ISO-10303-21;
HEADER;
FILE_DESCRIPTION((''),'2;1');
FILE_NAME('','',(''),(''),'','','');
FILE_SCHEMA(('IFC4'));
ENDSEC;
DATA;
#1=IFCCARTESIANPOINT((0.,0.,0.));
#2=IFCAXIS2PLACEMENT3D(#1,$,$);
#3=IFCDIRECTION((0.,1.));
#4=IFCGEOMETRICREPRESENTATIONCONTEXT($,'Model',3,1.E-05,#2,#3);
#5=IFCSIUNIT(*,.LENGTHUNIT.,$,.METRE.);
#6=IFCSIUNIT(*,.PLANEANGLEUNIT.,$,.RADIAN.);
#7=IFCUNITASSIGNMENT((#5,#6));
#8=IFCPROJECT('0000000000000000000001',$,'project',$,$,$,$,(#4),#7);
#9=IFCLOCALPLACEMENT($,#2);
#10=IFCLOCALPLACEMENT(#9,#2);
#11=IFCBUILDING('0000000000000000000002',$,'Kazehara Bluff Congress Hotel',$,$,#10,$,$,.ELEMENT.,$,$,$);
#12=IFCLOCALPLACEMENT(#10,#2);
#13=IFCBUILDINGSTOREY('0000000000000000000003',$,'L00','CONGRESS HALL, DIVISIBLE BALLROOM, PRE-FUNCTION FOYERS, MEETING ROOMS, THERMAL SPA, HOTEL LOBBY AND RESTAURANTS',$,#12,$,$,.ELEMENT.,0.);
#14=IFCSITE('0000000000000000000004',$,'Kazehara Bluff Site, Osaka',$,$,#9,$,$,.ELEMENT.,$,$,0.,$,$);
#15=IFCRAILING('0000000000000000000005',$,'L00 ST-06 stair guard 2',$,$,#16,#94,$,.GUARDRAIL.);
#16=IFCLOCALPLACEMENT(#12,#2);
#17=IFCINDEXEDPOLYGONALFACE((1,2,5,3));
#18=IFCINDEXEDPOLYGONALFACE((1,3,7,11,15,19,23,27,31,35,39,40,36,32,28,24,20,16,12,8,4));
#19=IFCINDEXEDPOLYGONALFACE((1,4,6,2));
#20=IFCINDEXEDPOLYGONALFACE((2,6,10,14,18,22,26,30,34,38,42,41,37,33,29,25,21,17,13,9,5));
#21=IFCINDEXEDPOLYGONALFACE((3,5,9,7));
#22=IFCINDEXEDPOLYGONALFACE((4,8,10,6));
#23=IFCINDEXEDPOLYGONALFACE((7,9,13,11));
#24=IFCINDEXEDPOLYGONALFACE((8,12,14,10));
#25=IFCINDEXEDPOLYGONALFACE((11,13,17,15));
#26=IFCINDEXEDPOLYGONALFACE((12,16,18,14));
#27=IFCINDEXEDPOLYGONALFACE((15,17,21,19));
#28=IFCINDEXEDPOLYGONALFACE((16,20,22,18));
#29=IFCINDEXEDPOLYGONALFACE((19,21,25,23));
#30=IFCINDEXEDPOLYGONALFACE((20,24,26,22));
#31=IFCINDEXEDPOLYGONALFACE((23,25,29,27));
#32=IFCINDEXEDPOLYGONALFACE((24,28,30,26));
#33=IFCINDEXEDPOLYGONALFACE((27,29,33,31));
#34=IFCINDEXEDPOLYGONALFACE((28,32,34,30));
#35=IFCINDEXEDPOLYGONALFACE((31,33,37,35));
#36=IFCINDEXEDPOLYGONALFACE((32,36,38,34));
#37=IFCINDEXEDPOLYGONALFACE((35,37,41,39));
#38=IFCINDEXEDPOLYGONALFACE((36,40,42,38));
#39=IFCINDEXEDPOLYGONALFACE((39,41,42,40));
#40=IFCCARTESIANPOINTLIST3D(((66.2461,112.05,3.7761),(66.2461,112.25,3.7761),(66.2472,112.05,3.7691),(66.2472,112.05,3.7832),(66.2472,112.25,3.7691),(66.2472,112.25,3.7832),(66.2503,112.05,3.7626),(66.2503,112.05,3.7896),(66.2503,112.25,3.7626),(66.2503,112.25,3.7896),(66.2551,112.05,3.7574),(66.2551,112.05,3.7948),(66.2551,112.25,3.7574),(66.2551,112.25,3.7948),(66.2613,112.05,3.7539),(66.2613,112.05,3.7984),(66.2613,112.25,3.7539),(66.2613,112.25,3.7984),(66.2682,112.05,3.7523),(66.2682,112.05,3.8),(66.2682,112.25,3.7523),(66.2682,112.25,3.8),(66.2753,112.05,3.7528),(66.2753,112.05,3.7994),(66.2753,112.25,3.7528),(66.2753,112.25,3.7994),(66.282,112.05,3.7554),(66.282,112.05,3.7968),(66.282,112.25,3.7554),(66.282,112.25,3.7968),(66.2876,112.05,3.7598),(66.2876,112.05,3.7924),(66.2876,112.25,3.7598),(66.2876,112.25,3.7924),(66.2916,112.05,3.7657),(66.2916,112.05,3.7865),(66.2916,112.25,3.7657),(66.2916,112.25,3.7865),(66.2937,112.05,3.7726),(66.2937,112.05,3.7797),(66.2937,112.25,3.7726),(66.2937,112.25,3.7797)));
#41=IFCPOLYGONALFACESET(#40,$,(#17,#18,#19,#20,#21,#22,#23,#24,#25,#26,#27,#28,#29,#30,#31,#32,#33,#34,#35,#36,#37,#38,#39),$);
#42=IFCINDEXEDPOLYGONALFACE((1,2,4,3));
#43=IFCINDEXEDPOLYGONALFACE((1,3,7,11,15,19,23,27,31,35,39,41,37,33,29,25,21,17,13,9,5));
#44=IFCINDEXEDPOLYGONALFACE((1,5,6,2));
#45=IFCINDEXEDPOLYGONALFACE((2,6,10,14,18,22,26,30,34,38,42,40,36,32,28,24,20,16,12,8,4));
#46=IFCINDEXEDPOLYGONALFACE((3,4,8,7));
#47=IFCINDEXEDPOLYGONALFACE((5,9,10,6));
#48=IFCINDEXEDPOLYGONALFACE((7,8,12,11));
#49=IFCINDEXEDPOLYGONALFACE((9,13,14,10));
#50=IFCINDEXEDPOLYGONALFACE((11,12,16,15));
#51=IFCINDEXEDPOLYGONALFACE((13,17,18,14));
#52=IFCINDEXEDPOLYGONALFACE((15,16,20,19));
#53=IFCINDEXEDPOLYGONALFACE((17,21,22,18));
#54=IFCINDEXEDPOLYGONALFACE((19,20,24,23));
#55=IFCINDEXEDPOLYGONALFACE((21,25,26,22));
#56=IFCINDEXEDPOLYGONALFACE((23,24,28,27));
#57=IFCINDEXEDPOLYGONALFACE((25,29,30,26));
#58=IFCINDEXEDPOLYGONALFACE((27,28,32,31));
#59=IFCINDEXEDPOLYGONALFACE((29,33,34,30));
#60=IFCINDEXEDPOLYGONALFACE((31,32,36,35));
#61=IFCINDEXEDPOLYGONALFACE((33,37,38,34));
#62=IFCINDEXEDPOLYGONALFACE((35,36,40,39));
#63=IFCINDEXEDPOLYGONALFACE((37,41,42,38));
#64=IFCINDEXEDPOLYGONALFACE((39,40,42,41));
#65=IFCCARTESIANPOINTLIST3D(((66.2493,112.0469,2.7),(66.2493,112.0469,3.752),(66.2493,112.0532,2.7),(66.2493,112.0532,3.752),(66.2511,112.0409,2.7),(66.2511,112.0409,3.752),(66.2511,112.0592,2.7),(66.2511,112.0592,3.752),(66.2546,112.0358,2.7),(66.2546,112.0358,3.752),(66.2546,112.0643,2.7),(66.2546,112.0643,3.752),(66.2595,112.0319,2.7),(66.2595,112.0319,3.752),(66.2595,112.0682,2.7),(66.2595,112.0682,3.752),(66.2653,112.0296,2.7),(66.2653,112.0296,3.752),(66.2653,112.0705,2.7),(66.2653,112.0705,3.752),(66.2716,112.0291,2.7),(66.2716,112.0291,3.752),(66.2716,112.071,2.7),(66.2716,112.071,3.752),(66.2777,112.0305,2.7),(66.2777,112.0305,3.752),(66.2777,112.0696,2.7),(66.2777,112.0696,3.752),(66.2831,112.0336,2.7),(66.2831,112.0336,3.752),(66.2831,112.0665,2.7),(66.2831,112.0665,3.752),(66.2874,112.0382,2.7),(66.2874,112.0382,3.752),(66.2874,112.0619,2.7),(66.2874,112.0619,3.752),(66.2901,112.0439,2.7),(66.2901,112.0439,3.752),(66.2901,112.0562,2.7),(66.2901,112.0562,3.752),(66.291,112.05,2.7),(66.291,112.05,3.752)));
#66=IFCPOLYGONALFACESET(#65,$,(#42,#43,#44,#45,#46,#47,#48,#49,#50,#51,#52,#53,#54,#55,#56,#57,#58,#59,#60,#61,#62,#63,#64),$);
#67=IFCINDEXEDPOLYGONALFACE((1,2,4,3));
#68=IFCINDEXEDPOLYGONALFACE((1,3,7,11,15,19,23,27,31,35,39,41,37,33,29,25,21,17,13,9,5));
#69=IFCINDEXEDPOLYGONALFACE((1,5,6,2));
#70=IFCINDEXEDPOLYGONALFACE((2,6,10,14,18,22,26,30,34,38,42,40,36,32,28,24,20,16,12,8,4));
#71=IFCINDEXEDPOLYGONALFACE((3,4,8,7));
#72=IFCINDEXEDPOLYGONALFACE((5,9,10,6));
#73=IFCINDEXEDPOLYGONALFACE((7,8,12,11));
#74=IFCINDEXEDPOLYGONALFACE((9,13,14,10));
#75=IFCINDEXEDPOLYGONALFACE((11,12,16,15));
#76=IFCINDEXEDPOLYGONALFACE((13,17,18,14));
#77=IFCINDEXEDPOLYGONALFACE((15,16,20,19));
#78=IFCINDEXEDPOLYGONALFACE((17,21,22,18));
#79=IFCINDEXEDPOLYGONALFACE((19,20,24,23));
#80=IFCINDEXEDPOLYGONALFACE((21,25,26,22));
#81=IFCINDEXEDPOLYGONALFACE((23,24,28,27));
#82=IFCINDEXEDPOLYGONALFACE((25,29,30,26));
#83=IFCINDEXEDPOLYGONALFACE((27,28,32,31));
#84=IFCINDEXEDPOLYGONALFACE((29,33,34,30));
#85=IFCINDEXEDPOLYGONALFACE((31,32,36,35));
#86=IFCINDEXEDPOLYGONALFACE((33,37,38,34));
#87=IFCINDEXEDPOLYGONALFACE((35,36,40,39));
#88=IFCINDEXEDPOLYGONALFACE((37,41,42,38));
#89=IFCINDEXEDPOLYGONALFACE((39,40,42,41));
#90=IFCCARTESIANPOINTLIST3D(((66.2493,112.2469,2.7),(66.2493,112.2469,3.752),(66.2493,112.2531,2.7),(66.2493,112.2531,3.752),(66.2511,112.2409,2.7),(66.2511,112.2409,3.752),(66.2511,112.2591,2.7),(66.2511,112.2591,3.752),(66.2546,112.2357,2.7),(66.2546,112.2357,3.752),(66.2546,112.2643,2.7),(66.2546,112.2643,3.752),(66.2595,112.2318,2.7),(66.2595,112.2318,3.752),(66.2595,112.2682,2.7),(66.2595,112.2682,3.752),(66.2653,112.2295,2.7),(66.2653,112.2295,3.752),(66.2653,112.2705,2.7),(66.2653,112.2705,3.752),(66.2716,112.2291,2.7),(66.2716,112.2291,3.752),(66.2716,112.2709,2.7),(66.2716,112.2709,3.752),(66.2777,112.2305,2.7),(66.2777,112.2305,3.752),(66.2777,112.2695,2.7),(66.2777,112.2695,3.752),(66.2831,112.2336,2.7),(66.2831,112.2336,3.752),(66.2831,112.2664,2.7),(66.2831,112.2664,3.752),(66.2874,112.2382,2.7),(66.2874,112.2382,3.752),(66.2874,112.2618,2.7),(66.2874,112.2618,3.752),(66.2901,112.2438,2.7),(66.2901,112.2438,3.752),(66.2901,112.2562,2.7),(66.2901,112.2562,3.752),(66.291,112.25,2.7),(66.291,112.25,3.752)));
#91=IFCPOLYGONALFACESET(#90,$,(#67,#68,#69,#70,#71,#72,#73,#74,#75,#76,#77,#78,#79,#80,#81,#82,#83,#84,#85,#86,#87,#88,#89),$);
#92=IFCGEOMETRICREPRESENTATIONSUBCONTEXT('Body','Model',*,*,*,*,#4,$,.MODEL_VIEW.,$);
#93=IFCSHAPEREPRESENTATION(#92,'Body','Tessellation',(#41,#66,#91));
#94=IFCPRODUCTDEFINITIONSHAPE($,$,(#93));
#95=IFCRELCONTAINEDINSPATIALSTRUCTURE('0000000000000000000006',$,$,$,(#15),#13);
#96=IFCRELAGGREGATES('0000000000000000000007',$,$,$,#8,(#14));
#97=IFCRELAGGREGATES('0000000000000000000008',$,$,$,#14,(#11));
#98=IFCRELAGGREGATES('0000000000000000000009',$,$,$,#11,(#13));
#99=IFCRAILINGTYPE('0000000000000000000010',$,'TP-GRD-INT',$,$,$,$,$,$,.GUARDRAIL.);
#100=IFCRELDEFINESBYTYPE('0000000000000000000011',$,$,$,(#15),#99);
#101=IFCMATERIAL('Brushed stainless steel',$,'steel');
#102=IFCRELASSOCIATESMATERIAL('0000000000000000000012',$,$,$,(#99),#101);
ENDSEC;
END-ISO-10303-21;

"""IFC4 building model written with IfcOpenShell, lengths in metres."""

from ifc_helpers import new_model, si_unit, direction, frame, origin, origin_2d, place, context, subcontext, project, spatial, circle, extrude, material, type_object, element, save


model = new_model("IFC4")

# Units and contexts
model_context = context("Model", 3, precision=1e-05, world=origin(), true_north=direction((0.0, 1.0)))
body_context = subcontext(model_context, "Body", "Model", "MODEL_VIEW")
ifc_project = project(units=[si_unit("LENGTHUNIT", "METRE"), si_unit("PLANEANGLEUNIT", "RADIAN")], contexts=[model_context])

# Site, building, storey
site_placement = place(None, origin())
site = spatial("IfcSite", under=ifc_project, at=site_placement, Name="Kazehara Bluff Site, Osaka", CompositionType="ELEMENT", RefElevation=0.0)
building_placement = place(site_placement, origin())
building = spatial("IfcBuilding", under=site, at=building_placement, Name="Kazehara Bluff Congress Hotel", CompositionType="ELEMENT")
storey_placement = place(building_placement, origin())
storey = spatial("IfcBuildingStorey", under=building, at=storey_placement, Name="L00", Description="CONGRESS HALL, DIVISIBLE BALLROOM, PRE-FUNCTION FOYERS, MEETING ROOMS, THERMAL SPA, HOTEL LOBBY AND RESTAURANTS", CompositionType="ELEMENT", Elevation=0.0)

# Railing
ifc_material_1 = material(Name="Brushed stainless steel", Category="steel")
railing_type_1 = type_object("IfcRailingType", Name="TP-GRD-INT", PredefinedType="GUARDRAIL", material=ifc_material_1)
railing_1_placement = place(storey_placement, frame((66.27, 112.05, 2.7)))
element("IfcRailing", 1, at=railing_1_placement, inside=storey, type_object=railing_type_1, Name="L00 ST-06 stair guard 2", PredefinedType="GUARDRAIL", context=body_context, shape_type="SweptSolid", body=[
    extrude(circle(Radius=0.0239, at=origin_2d()), frame((0.0, 0.0, 1.0762), z_axis=(0.0, 1.0, 0.0), x_axis=(-1.0, 0.0, 0.0)), (0.0, 0.0, 1.0), 0.2),
    extrude(circle(Radius=0.021, at=origin_2d()), origin(), (0.0, 0.0, 1.0), 1.052),
    extrude(circle(Radius=0.021, at=origin_2d()), frame((0.0, 0.2, 0.0)), (0.0, 0.0, 1.0), 1.052),
])

save(model, "model.ifc")
